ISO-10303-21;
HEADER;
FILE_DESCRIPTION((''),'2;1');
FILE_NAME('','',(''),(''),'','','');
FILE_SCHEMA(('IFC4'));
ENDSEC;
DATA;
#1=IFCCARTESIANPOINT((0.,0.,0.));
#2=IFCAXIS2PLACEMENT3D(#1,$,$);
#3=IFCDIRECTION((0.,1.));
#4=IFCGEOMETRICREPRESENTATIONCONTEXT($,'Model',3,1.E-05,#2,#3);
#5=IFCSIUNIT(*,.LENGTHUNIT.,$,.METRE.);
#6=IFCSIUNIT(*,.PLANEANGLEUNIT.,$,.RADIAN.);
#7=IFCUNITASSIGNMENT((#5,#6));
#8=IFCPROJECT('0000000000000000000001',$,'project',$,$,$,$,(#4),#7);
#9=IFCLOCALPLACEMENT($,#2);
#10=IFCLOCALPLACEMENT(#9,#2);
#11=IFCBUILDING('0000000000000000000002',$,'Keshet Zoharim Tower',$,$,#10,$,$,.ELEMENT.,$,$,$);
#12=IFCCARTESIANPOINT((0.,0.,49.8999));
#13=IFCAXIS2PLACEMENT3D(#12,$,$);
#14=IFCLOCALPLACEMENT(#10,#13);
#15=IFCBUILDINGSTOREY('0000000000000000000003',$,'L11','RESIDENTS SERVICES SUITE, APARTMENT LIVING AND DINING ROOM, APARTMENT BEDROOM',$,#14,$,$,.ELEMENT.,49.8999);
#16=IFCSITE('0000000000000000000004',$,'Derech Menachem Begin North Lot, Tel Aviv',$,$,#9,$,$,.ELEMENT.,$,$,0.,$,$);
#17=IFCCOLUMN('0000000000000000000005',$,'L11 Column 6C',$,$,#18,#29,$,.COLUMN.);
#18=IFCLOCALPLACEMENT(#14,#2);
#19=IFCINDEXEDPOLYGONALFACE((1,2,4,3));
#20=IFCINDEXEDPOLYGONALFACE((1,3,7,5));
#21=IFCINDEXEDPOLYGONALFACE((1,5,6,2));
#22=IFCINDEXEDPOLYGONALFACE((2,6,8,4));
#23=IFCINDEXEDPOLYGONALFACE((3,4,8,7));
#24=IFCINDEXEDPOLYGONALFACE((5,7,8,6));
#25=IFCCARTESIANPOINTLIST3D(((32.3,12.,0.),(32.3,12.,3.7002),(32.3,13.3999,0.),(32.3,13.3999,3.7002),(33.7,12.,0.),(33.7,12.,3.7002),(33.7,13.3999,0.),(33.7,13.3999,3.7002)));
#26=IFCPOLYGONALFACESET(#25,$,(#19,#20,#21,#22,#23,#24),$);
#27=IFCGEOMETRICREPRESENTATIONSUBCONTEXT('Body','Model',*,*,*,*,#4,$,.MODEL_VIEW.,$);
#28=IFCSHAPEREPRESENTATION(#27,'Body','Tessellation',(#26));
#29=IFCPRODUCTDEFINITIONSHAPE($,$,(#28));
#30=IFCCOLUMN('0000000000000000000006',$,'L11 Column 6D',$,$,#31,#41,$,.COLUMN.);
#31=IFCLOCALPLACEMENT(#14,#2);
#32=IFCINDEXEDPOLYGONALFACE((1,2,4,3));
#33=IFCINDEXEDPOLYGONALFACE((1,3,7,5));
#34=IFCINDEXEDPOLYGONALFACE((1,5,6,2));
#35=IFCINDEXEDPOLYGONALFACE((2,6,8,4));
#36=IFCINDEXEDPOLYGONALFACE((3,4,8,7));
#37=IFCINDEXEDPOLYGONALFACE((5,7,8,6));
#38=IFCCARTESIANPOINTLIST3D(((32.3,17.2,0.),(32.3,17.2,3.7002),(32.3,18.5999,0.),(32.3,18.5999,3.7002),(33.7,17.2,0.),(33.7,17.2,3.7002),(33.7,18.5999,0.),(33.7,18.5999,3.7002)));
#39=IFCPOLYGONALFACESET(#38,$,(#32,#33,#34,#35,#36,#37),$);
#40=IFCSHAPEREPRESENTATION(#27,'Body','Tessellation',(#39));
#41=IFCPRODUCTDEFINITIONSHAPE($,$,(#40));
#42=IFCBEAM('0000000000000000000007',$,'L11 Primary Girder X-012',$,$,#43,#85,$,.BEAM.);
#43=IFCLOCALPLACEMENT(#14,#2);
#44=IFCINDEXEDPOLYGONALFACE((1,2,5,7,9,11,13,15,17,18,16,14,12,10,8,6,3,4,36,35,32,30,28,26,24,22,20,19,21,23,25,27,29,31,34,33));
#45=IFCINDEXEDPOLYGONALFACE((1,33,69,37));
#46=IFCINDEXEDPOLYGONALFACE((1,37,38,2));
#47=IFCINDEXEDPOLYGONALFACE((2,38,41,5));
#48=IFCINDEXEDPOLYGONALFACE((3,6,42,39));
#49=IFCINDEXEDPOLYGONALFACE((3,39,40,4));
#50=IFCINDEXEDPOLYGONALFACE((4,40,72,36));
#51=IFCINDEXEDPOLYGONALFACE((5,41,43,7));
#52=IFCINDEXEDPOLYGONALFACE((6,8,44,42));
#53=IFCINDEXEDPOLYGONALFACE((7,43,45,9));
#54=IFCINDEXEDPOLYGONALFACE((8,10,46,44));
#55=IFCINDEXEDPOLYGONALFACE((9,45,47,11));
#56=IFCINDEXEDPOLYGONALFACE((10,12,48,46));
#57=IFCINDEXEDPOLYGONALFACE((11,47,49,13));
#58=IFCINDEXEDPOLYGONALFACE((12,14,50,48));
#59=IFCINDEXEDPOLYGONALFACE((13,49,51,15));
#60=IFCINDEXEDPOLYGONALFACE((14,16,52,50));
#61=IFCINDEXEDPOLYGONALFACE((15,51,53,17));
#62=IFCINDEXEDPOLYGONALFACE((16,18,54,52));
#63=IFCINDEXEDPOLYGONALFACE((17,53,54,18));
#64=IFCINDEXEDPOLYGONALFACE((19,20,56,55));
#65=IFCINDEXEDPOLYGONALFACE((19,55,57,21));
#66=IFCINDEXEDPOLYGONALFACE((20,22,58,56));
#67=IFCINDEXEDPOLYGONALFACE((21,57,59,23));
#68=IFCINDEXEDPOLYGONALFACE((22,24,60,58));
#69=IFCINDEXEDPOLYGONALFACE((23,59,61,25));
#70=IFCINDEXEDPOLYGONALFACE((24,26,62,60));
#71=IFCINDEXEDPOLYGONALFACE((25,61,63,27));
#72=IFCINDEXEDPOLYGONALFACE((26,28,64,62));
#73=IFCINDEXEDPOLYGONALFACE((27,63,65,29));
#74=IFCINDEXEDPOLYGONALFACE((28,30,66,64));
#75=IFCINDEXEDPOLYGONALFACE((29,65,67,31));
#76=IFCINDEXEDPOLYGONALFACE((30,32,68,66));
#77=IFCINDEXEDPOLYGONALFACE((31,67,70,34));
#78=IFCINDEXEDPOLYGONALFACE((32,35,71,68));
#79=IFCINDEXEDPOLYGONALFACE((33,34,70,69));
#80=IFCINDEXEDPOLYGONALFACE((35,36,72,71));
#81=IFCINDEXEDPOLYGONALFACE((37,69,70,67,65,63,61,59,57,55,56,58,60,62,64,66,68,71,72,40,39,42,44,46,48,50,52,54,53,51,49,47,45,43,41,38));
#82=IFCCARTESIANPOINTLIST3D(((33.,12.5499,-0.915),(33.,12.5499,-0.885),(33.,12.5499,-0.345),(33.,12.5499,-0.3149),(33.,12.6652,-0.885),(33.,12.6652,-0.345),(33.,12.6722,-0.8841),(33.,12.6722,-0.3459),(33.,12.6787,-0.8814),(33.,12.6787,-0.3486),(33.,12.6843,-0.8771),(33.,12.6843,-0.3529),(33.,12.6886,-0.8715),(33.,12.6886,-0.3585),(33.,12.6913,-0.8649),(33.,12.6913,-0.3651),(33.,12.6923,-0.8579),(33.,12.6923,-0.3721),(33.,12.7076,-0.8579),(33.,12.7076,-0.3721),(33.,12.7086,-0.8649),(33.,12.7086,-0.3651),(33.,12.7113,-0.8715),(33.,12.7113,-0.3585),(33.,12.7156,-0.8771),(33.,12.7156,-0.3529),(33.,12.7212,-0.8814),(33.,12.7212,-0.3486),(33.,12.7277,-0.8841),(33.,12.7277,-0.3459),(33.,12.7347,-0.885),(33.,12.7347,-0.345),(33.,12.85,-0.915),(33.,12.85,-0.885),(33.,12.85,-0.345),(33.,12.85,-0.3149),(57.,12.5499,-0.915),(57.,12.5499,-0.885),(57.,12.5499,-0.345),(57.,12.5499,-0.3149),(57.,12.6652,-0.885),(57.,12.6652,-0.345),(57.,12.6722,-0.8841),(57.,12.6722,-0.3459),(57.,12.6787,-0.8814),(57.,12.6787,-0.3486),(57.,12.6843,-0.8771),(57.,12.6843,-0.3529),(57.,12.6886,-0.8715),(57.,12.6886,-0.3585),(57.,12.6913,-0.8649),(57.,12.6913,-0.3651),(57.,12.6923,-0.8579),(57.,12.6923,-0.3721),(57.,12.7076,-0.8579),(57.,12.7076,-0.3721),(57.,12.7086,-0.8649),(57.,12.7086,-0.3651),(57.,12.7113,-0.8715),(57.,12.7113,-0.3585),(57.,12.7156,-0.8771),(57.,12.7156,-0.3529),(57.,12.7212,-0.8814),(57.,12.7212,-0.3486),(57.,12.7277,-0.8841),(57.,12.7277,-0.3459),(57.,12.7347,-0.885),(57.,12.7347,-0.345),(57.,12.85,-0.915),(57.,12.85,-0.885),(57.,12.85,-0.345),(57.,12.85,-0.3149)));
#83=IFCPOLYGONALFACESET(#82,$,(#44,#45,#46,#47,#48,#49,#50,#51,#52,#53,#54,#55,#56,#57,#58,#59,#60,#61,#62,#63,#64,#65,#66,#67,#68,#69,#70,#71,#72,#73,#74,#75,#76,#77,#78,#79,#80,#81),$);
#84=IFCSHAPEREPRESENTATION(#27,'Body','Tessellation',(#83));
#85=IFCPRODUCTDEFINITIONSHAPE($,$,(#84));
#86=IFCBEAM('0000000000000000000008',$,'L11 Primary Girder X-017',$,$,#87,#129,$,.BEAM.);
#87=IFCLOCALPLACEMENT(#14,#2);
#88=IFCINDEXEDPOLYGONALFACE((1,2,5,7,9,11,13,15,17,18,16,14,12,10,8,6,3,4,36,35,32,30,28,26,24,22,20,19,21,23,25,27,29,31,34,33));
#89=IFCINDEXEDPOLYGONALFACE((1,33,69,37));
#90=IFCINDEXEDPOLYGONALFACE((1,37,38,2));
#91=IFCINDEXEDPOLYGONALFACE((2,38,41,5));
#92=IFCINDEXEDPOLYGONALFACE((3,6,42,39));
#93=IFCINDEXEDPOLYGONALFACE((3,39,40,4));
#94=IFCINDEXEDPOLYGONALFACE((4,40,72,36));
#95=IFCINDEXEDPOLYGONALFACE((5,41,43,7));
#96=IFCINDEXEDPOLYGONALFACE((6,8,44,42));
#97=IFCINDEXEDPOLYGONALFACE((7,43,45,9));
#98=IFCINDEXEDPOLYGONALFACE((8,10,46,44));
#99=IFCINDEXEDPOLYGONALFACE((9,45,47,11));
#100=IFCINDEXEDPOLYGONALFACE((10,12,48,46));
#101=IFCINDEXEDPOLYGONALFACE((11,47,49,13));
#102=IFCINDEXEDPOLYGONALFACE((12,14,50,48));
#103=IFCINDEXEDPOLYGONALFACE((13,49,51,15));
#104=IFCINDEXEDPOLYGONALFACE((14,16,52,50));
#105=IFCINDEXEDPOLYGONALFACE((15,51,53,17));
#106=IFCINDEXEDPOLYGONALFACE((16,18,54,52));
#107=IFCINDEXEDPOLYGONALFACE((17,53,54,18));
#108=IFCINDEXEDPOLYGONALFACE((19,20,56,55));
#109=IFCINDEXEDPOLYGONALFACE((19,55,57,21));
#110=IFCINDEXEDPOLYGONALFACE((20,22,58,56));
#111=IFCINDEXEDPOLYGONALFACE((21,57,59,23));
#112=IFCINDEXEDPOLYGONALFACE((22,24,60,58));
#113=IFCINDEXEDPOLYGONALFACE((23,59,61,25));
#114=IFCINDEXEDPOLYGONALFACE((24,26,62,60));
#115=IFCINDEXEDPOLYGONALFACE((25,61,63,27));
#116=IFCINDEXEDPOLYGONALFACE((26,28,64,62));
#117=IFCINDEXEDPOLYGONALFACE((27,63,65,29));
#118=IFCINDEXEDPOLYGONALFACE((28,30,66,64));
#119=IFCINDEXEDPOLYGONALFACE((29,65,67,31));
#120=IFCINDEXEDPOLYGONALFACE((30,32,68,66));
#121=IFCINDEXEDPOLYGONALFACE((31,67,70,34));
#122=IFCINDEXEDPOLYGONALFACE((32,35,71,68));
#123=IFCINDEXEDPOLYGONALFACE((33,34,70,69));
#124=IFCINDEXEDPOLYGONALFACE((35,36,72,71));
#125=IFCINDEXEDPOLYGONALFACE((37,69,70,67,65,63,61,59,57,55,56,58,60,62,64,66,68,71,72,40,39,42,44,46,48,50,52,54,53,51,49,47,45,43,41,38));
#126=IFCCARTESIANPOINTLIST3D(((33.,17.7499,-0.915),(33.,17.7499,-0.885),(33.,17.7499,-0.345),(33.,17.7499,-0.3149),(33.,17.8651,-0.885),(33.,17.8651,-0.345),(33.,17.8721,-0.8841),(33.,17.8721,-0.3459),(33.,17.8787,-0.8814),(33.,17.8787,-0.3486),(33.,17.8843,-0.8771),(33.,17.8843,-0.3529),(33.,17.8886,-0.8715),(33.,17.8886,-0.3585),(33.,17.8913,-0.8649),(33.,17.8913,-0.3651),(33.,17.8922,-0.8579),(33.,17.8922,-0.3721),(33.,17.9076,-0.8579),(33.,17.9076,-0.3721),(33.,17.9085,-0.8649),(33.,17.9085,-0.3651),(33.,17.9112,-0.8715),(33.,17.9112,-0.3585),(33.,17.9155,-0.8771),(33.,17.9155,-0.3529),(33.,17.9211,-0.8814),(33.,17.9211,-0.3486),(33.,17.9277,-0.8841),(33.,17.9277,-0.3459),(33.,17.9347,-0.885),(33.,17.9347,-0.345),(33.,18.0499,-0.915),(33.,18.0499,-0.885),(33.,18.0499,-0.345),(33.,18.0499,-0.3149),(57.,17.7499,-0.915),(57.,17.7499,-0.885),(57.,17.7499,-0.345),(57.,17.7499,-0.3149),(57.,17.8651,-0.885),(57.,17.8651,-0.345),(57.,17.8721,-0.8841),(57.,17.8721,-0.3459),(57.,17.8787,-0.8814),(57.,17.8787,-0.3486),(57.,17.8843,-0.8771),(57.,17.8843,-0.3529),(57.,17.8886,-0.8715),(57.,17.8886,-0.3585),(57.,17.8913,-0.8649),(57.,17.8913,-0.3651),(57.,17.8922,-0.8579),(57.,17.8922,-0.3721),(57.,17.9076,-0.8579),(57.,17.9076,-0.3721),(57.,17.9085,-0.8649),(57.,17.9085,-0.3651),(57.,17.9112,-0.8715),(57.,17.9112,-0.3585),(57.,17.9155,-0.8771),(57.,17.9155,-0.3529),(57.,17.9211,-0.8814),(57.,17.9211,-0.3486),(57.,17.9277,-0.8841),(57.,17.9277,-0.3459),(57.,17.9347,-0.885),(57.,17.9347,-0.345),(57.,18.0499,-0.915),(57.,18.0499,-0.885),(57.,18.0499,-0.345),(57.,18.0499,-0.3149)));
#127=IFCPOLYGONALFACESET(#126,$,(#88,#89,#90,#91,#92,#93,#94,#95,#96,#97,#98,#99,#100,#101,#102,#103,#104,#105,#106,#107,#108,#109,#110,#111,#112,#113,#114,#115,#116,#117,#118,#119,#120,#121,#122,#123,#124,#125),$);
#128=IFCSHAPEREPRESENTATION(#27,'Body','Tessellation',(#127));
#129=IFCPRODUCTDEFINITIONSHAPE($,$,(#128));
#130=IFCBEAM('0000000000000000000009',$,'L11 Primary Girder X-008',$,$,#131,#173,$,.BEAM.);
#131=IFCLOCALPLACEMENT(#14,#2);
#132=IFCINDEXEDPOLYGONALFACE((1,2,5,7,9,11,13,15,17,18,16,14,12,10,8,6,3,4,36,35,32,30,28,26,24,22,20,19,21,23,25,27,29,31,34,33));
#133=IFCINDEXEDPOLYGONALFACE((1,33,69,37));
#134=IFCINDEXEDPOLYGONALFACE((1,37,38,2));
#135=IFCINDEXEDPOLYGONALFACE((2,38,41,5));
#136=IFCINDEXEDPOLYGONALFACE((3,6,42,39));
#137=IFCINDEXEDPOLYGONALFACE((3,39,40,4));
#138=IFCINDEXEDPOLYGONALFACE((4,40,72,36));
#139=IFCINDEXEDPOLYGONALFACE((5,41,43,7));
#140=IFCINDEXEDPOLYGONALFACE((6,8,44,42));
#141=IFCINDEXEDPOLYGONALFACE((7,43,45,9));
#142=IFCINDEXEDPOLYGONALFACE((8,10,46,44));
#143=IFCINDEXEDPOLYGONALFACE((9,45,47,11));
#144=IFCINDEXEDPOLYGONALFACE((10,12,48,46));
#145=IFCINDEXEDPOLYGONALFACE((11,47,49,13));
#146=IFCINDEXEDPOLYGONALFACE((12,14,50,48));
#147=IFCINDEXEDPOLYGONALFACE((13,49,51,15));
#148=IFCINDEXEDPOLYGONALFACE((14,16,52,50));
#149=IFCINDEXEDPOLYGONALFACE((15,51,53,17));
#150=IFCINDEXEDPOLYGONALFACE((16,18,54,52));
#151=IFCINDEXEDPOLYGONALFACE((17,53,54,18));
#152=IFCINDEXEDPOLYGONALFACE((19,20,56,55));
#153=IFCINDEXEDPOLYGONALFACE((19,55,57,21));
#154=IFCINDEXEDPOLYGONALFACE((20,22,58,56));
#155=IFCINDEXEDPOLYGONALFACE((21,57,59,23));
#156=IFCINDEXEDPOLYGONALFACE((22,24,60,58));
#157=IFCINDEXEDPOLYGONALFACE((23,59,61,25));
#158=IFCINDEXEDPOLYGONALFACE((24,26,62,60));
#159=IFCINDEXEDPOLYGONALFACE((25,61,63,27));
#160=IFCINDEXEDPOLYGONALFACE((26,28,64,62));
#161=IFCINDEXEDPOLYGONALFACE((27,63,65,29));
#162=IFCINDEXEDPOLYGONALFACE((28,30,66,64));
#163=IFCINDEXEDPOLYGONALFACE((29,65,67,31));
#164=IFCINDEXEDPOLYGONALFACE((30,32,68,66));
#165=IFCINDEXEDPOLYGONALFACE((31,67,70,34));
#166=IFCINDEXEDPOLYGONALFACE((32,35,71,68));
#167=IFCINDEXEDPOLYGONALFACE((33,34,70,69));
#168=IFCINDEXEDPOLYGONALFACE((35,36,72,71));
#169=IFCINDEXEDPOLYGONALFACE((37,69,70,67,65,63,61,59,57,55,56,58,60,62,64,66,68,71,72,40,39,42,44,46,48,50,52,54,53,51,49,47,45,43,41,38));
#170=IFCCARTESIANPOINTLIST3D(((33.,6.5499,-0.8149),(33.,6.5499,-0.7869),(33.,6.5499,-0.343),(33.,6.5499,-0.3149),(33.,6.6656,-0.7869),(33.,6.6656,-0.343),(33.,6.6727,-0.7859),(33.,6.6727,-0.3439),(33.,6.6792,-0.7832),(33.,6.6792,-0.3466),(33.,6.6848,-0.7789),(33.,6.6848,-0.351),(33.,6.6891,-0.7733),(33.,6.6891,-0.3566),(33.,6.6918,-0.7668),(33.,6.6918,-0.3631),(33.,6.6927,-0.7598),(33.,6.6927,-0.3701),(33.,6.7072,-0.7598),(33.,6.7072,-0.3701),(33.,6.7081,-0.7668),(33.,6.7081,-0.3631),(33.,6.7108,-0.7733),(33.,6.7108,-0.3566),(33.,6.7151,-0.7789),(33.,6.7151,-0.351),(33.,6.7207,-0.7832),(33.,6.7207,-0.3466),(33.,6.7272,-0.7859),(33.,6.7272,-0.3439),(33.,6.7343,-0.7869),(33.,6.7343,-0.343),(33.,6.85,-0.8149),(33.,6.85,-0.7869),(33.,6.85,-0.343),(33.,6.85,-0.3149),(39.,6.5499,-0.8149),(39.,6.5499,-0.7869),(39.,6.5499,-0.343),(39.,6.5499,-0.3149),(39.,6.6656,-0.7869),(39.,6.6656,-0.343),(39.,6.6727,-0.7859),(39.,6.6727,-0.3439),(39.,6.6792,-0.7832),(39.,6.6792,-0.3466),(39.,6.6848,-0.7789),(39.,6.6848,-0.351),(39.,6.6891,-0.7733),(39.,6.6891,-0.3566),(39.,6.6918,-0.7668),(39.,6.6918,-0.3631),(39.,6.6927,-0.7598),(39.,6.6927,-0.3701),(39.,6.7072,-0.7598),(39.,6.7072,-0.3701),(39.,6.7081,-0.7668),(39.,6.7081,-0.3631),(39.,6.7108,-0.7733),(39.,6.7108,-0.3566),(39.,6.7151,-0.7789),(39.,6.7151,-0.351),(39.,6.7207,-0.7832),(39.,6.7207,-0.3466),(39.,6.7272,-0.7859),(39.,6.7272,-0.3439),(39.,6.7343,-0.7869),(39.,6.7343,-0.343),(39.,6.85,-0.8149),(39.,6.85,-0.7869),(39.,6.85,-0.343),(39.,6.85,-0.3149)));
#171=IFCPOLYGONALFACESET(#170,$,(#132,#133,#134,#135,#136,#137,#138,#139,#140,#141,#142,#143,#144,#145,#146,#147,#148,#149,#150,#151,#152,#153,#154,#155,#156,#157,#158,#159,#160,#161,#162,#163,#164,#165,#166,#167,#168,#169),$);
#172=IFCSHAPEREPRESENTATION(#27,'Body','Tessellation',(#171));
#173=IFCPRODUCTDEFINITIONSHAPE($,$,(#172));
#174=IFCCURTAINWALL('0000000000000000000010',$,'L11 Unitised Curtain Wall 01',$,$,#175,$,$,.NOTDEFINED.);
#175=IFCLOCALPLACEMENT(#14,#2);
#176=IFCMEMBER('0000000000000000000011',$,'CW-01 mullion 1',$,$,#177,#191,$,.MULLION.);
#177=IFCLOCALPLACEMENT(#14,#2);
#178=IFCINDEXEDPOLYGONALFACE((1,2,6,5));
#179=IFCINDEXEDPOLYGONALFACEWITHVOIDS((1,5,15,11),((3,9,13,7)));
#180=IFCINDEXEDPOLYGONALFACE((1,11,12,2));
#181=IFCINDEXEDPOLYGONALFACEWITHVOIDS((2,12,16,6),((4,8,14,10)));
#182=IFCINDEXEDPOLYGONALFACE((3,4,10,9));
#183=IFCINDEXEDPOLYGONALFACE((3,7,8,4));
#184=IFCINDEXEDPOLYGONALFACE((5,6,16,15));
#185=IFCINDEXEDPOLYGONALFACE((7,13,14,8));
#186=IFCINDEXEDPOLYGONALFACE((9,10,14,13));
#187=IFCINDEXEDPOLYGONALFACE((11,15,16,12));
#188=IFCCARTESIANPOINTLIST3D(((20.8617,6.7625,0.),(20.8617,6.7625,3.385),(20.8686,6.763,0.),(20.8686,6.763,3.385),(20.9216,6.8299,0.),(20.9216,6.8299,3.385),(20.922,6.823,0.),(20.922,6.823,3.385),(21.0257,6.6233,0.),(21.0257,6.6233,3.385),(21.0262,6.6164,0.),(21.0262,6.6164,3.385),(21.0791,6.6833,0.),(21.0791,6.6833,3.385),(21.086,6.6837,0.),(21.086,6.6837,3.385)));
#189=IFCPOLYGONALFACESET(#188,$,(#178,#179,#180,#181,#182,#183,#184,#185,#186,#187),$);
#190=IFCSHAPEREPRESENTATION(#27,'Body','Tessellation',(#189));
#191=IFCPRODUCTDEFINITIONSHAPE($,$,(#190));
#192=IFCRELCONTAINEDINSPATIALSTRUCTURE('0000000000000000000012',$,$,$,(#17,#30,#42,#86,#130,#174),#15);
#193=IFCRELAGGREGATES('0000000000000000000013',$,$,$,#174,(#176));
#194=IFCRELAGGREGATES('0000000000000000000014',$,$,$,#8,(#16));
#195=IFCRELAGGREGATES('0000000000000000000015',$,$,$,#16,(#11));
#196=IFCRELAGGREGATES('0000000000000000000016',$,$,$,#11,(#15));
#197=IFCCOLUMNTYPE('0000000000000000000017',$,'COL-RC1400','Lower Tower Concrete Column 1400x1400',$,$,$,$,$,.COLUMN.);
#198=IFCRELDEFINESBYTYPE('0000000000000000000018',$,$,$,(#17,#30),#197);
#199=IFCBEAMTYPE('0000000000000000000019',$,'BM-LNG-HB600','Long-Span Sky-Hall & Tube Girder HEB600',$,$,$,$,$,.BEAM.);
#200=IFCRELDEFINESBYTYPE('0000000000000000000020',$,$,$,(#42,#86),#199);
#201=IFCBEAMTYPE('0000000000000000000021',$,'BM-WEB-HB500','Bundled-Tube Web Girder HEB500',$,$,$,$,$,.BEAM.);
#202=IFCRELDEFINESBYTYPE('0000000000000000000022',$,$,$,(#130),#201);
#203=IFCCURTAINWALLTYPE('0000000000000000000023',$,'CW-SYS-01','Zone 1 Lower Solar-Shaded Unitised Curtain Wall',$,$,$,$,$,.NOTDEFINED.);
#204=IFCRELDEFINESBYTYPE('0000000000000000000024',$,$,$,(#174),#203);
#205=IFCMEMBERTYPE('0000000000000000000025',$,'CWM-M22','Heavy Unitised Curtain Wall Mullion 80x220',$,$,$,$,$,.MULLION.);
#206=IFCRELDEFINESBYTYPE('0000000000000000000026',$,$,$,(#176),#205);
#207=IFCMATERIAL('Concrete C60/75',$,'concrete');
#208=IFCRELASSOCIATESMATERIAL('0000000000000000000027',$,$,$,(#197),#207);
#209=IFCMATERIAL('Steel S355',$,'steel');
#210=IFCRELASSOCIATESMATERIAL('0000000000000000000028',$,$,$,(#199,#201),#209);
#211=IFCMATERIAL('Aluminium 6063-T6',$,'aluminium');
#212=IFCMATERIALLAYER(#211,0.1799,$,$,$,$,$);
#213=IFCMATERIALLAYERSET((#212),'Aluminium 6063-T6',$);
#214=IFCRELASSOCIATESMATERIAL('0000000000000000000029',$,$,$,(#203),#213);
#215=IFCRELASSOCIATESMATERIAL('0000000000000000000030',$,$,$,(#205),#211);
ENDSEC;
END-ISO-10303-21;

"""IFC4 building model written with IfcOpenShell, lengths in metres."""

from ifc_helpers import new_model, si_unit, direction, frame, origin, origin_2d, place, context, subcontext, project, spatial, rectangle, hollow_rectangle, i_section, extrude, material, layer, layer_set, material_profile, profile_set, type_object, element, aggregate, save


model = new_model("IFC4")

# Units and contexts
model_context = context("Model", 3, precision=1e-05, world=origin(), true_north=direction((0.0, 1.0)))
body_context = subcontext(model_context, "Body", "Model", "MODEL_VIEW")
ifc_project = project(units=[si_unit("LENGTHUNIT", "METRE"), si_unit("PLANEANGLEUNIT", "RADIAN")], contexts=[model_context])

# Site, building, storey
site_placement = place(None, origin())
site = spatial("IfcSite", under=ifc_project, at=site_placement, Name="Derech Menachem Begin North Lot, Tel Aviv", CompositionType="ELEMENT", RefElevation=0.0)
building_placement = place(site_placement, origin())
building = spatial("IfcBuilding", under=site, at=building_placement, Name="Keshet Zoharim Tower", CompositionType="ELEMENT")
storey_placement = place(building_placement, frame((0.0, 0.0, 49.8999)))
storey = spatial("IfcBuildingStorey", under=building, at=storey_placement, Name="L11", Description="RESIDENTS SERVICES SUITE, APARTMENT LIVING AND DINING ROOM, APARTMENT BEDROOM", CompositionType="ELEMENT", Elevation=49.8999)

# Columns
ifc_material_1 = material(Name="Concrete C60/75", Category="concrete")
ifc_material_profile_1 = material_profile(ifc_material_1, rectangle(XDim=1.3999, YDim=1.3999, at=origin_2d()), Name="RC1400x1400")
ifc_profile_set_1 = profile_set([ifc_material_profile_1], Name="Concrete C60/75")
column_type = type_object("IfcColumnType", Name="COL-RC1400", Description="Lower Tower Concrete Column 1400x1400", PredefinedType="COLUMN", material=ifc_profile_set_1)
for number, where, z_axis, x_axis, name in (
    (1, (33.0, 12.7, 0.0), (0.0, 0.0, 1.0), (1.0, 0.0, 0.0), "L11 Column 6C"),
    (2, (33.0, 17.8999, 0.0), (0.0, 0.0, 1.0), (1.0, 0.0, 0.0), "L11 Column 6D"),
):
    element("IfcColumn", number, at=place(storey_placement, frame(where, z_axis=z_axis, x_axis=x_axis)), inside=storey, type_object=column_type, Name=name, PredefinedType="COLUMN", context=body_context, shape_type="SweptSolid", body=[
        extrude(rectangle(XDim=1.3999, YDim=1.3999, at=origin_2d()), origin(), (0.0, 0.0, 1.0), 3.7002),
    ])

# Beams
ifc_material_2 = material(Name="Steel S355", Category="steel")
ifc_material_profile_2 = material_profile(ifc_material_2, i_section(OverallWidth=0.3, OverallDepth=0.6001, WebThickness=0.0154, FlangeThickness=0.03, FilletRadius=0.0271, at=origin_2d()), Name="HEB600")
ifc_profile_set_2 = profile_set([ifc_material_profile_2], Name="Steel S355")
beam_type_1 = type_object("IfcBeamType", Name="BM-LNG-HB600", Description="Long-Span Sky-Hall & Tube Girder HEB600", PredefinedType="BEAM", material=ifc_profile_set_2)
for number, where, z_axis, x_axis, name in (
    (3, (33.0, 12.7, -0.615), (1.0, 0.0, 0.0), (0.0, 1.0, 0.0), "L11 Primary Girder X-012"),
    (4, (33.0, 17.8999, -0.615), (1.0, 0.0, 0.0), (0.0, 1.0, 0.0), "L11 Primary Girder X-017"),
):
    element("IfcBeam", number, at=place(storey_placement, frame(where, z_axis=z_axis, x_axis=x_axis)), inside=storey, type_object=beam_type_1, Name=name, PredefinedType="BEAM", context=body_context, shape_type="SweptSolid", body=[
        extrude(i_section(OverallWidth=0.3, OverallDepth=0.6001, WebThickness=0.0154, FlangeThickness=0.03, FilletRadius=0.0271, at=origin_2d()), origin(), (0.0, 0.0, 1.0), 24.0),
    ])
ifc_material_profile_3 = material_profile(ifc_material_2, i_section(OverallWidth=0.3, OverallDepth=0.5, WebThickness=0.0144, FlangeThickness=0.0281, FilletRadius=0.0271, at=origin_2d()), Name="HEB500")
ifc_profile_set_3 = profile_set([ifc_material_profile_3], Name="Steel S355")
beam_type_2 = type_object("IfcBeamType", Name="BM-WEB-HB500", Description="Bundled-Tube Web Girder HEB500", PredefinedType="BEAM", material=ifc_profile_set_3)
beam_placement = place(storey_placement, frame((33.0, 6.7, -0.5649), z_axis=(1.0, 0.0, 0.0), x_axis=(0.0, 1.0, 0.0)))
element("IfcBeam", 5, at=beam_placement, inside=storey, type_object=beam_type_2, Name="L11 Primary Girder X-008", PredefinedType="BEAM", context=body_context, shape_type="SweptSolid", body=[
    extrude(i_section(OverallWidth=0.3, OverallDepth=0.5, WebThickness=0.0144, FlangeThickness=0.0281, FilletRadius=0.0271, at=origin_2d()), origin(), (0.0, 0.0, 1.0), 6.0),
])

# Curtain wall, member
ifc_material_3 = material(Name="Aluminium 6063-T6", Category="aluminium")
ifc_layer_1 = layer(ifc_material_3, 0.1799)
ifc_layer_set_1 = layer_set([ifc_layer_1], Name="Aluminium 6063-T6")
curtain_wall_type = type_object("IfcCurtainWallType", Name="CW-SYS-01", Description="Zone 1 Lower Solar-Shaded Unitised Curtain Wall", PredefinedType="NOTDEFINED", material=ifc_layer_set_1)
curtain_wall_placement = place(storey_placement, origin())
curtain_wall = element("IfcCurtainWall", 6, at=curtain_wall_placement, inside=storey, type_object=curtain_wall_type, Name="L11 Unitised Curtain Wall 01", PredefinedType="NOTDEFINED")
ifc_material_profile_4 = material_profile(ifc_material_3, hollow_rectangle(XDim=0.0901, YDim=0.22, WallThickness=0.0049, at=origin_2d()), Name="MUL-90x220")
ifc_profile_set_4 = profile_set([ifc_material_profile_4], Name="Aluminium 6063-T6")
member_type_1 = type_object("IfcMemberType", Name="CWM-M22", Description="Heavy Unitised Curtain Wall Mullion 80x220", PredefinedType="MULLION", material=ifc_profile_set_4)
member_1_placement = place(storey_placement, frame((20.9739, 6.7231, 0.0), z_axis=(0.0, 0.0, 1.0), x_axis=(-0.664364, -0.747409, 0.0)))
member_1 = element("IfcMember", 7, at=member_1_placement, type_object=member_type_1, Name="CW-01 mullion 1", PredefinedType="MULLION", context=body_context, shape_type="SweptSolid", body=[
    extrude(hollow_rectangle(XDim=0.0901, YDim=0.22, WallThickness=0.0049, at=origin_2d()), origin(), (0.0, 0.0, 1.0), 3.385),
])
aggregate(curtain_wall, [member_1])

save(model, "model.ifc")
